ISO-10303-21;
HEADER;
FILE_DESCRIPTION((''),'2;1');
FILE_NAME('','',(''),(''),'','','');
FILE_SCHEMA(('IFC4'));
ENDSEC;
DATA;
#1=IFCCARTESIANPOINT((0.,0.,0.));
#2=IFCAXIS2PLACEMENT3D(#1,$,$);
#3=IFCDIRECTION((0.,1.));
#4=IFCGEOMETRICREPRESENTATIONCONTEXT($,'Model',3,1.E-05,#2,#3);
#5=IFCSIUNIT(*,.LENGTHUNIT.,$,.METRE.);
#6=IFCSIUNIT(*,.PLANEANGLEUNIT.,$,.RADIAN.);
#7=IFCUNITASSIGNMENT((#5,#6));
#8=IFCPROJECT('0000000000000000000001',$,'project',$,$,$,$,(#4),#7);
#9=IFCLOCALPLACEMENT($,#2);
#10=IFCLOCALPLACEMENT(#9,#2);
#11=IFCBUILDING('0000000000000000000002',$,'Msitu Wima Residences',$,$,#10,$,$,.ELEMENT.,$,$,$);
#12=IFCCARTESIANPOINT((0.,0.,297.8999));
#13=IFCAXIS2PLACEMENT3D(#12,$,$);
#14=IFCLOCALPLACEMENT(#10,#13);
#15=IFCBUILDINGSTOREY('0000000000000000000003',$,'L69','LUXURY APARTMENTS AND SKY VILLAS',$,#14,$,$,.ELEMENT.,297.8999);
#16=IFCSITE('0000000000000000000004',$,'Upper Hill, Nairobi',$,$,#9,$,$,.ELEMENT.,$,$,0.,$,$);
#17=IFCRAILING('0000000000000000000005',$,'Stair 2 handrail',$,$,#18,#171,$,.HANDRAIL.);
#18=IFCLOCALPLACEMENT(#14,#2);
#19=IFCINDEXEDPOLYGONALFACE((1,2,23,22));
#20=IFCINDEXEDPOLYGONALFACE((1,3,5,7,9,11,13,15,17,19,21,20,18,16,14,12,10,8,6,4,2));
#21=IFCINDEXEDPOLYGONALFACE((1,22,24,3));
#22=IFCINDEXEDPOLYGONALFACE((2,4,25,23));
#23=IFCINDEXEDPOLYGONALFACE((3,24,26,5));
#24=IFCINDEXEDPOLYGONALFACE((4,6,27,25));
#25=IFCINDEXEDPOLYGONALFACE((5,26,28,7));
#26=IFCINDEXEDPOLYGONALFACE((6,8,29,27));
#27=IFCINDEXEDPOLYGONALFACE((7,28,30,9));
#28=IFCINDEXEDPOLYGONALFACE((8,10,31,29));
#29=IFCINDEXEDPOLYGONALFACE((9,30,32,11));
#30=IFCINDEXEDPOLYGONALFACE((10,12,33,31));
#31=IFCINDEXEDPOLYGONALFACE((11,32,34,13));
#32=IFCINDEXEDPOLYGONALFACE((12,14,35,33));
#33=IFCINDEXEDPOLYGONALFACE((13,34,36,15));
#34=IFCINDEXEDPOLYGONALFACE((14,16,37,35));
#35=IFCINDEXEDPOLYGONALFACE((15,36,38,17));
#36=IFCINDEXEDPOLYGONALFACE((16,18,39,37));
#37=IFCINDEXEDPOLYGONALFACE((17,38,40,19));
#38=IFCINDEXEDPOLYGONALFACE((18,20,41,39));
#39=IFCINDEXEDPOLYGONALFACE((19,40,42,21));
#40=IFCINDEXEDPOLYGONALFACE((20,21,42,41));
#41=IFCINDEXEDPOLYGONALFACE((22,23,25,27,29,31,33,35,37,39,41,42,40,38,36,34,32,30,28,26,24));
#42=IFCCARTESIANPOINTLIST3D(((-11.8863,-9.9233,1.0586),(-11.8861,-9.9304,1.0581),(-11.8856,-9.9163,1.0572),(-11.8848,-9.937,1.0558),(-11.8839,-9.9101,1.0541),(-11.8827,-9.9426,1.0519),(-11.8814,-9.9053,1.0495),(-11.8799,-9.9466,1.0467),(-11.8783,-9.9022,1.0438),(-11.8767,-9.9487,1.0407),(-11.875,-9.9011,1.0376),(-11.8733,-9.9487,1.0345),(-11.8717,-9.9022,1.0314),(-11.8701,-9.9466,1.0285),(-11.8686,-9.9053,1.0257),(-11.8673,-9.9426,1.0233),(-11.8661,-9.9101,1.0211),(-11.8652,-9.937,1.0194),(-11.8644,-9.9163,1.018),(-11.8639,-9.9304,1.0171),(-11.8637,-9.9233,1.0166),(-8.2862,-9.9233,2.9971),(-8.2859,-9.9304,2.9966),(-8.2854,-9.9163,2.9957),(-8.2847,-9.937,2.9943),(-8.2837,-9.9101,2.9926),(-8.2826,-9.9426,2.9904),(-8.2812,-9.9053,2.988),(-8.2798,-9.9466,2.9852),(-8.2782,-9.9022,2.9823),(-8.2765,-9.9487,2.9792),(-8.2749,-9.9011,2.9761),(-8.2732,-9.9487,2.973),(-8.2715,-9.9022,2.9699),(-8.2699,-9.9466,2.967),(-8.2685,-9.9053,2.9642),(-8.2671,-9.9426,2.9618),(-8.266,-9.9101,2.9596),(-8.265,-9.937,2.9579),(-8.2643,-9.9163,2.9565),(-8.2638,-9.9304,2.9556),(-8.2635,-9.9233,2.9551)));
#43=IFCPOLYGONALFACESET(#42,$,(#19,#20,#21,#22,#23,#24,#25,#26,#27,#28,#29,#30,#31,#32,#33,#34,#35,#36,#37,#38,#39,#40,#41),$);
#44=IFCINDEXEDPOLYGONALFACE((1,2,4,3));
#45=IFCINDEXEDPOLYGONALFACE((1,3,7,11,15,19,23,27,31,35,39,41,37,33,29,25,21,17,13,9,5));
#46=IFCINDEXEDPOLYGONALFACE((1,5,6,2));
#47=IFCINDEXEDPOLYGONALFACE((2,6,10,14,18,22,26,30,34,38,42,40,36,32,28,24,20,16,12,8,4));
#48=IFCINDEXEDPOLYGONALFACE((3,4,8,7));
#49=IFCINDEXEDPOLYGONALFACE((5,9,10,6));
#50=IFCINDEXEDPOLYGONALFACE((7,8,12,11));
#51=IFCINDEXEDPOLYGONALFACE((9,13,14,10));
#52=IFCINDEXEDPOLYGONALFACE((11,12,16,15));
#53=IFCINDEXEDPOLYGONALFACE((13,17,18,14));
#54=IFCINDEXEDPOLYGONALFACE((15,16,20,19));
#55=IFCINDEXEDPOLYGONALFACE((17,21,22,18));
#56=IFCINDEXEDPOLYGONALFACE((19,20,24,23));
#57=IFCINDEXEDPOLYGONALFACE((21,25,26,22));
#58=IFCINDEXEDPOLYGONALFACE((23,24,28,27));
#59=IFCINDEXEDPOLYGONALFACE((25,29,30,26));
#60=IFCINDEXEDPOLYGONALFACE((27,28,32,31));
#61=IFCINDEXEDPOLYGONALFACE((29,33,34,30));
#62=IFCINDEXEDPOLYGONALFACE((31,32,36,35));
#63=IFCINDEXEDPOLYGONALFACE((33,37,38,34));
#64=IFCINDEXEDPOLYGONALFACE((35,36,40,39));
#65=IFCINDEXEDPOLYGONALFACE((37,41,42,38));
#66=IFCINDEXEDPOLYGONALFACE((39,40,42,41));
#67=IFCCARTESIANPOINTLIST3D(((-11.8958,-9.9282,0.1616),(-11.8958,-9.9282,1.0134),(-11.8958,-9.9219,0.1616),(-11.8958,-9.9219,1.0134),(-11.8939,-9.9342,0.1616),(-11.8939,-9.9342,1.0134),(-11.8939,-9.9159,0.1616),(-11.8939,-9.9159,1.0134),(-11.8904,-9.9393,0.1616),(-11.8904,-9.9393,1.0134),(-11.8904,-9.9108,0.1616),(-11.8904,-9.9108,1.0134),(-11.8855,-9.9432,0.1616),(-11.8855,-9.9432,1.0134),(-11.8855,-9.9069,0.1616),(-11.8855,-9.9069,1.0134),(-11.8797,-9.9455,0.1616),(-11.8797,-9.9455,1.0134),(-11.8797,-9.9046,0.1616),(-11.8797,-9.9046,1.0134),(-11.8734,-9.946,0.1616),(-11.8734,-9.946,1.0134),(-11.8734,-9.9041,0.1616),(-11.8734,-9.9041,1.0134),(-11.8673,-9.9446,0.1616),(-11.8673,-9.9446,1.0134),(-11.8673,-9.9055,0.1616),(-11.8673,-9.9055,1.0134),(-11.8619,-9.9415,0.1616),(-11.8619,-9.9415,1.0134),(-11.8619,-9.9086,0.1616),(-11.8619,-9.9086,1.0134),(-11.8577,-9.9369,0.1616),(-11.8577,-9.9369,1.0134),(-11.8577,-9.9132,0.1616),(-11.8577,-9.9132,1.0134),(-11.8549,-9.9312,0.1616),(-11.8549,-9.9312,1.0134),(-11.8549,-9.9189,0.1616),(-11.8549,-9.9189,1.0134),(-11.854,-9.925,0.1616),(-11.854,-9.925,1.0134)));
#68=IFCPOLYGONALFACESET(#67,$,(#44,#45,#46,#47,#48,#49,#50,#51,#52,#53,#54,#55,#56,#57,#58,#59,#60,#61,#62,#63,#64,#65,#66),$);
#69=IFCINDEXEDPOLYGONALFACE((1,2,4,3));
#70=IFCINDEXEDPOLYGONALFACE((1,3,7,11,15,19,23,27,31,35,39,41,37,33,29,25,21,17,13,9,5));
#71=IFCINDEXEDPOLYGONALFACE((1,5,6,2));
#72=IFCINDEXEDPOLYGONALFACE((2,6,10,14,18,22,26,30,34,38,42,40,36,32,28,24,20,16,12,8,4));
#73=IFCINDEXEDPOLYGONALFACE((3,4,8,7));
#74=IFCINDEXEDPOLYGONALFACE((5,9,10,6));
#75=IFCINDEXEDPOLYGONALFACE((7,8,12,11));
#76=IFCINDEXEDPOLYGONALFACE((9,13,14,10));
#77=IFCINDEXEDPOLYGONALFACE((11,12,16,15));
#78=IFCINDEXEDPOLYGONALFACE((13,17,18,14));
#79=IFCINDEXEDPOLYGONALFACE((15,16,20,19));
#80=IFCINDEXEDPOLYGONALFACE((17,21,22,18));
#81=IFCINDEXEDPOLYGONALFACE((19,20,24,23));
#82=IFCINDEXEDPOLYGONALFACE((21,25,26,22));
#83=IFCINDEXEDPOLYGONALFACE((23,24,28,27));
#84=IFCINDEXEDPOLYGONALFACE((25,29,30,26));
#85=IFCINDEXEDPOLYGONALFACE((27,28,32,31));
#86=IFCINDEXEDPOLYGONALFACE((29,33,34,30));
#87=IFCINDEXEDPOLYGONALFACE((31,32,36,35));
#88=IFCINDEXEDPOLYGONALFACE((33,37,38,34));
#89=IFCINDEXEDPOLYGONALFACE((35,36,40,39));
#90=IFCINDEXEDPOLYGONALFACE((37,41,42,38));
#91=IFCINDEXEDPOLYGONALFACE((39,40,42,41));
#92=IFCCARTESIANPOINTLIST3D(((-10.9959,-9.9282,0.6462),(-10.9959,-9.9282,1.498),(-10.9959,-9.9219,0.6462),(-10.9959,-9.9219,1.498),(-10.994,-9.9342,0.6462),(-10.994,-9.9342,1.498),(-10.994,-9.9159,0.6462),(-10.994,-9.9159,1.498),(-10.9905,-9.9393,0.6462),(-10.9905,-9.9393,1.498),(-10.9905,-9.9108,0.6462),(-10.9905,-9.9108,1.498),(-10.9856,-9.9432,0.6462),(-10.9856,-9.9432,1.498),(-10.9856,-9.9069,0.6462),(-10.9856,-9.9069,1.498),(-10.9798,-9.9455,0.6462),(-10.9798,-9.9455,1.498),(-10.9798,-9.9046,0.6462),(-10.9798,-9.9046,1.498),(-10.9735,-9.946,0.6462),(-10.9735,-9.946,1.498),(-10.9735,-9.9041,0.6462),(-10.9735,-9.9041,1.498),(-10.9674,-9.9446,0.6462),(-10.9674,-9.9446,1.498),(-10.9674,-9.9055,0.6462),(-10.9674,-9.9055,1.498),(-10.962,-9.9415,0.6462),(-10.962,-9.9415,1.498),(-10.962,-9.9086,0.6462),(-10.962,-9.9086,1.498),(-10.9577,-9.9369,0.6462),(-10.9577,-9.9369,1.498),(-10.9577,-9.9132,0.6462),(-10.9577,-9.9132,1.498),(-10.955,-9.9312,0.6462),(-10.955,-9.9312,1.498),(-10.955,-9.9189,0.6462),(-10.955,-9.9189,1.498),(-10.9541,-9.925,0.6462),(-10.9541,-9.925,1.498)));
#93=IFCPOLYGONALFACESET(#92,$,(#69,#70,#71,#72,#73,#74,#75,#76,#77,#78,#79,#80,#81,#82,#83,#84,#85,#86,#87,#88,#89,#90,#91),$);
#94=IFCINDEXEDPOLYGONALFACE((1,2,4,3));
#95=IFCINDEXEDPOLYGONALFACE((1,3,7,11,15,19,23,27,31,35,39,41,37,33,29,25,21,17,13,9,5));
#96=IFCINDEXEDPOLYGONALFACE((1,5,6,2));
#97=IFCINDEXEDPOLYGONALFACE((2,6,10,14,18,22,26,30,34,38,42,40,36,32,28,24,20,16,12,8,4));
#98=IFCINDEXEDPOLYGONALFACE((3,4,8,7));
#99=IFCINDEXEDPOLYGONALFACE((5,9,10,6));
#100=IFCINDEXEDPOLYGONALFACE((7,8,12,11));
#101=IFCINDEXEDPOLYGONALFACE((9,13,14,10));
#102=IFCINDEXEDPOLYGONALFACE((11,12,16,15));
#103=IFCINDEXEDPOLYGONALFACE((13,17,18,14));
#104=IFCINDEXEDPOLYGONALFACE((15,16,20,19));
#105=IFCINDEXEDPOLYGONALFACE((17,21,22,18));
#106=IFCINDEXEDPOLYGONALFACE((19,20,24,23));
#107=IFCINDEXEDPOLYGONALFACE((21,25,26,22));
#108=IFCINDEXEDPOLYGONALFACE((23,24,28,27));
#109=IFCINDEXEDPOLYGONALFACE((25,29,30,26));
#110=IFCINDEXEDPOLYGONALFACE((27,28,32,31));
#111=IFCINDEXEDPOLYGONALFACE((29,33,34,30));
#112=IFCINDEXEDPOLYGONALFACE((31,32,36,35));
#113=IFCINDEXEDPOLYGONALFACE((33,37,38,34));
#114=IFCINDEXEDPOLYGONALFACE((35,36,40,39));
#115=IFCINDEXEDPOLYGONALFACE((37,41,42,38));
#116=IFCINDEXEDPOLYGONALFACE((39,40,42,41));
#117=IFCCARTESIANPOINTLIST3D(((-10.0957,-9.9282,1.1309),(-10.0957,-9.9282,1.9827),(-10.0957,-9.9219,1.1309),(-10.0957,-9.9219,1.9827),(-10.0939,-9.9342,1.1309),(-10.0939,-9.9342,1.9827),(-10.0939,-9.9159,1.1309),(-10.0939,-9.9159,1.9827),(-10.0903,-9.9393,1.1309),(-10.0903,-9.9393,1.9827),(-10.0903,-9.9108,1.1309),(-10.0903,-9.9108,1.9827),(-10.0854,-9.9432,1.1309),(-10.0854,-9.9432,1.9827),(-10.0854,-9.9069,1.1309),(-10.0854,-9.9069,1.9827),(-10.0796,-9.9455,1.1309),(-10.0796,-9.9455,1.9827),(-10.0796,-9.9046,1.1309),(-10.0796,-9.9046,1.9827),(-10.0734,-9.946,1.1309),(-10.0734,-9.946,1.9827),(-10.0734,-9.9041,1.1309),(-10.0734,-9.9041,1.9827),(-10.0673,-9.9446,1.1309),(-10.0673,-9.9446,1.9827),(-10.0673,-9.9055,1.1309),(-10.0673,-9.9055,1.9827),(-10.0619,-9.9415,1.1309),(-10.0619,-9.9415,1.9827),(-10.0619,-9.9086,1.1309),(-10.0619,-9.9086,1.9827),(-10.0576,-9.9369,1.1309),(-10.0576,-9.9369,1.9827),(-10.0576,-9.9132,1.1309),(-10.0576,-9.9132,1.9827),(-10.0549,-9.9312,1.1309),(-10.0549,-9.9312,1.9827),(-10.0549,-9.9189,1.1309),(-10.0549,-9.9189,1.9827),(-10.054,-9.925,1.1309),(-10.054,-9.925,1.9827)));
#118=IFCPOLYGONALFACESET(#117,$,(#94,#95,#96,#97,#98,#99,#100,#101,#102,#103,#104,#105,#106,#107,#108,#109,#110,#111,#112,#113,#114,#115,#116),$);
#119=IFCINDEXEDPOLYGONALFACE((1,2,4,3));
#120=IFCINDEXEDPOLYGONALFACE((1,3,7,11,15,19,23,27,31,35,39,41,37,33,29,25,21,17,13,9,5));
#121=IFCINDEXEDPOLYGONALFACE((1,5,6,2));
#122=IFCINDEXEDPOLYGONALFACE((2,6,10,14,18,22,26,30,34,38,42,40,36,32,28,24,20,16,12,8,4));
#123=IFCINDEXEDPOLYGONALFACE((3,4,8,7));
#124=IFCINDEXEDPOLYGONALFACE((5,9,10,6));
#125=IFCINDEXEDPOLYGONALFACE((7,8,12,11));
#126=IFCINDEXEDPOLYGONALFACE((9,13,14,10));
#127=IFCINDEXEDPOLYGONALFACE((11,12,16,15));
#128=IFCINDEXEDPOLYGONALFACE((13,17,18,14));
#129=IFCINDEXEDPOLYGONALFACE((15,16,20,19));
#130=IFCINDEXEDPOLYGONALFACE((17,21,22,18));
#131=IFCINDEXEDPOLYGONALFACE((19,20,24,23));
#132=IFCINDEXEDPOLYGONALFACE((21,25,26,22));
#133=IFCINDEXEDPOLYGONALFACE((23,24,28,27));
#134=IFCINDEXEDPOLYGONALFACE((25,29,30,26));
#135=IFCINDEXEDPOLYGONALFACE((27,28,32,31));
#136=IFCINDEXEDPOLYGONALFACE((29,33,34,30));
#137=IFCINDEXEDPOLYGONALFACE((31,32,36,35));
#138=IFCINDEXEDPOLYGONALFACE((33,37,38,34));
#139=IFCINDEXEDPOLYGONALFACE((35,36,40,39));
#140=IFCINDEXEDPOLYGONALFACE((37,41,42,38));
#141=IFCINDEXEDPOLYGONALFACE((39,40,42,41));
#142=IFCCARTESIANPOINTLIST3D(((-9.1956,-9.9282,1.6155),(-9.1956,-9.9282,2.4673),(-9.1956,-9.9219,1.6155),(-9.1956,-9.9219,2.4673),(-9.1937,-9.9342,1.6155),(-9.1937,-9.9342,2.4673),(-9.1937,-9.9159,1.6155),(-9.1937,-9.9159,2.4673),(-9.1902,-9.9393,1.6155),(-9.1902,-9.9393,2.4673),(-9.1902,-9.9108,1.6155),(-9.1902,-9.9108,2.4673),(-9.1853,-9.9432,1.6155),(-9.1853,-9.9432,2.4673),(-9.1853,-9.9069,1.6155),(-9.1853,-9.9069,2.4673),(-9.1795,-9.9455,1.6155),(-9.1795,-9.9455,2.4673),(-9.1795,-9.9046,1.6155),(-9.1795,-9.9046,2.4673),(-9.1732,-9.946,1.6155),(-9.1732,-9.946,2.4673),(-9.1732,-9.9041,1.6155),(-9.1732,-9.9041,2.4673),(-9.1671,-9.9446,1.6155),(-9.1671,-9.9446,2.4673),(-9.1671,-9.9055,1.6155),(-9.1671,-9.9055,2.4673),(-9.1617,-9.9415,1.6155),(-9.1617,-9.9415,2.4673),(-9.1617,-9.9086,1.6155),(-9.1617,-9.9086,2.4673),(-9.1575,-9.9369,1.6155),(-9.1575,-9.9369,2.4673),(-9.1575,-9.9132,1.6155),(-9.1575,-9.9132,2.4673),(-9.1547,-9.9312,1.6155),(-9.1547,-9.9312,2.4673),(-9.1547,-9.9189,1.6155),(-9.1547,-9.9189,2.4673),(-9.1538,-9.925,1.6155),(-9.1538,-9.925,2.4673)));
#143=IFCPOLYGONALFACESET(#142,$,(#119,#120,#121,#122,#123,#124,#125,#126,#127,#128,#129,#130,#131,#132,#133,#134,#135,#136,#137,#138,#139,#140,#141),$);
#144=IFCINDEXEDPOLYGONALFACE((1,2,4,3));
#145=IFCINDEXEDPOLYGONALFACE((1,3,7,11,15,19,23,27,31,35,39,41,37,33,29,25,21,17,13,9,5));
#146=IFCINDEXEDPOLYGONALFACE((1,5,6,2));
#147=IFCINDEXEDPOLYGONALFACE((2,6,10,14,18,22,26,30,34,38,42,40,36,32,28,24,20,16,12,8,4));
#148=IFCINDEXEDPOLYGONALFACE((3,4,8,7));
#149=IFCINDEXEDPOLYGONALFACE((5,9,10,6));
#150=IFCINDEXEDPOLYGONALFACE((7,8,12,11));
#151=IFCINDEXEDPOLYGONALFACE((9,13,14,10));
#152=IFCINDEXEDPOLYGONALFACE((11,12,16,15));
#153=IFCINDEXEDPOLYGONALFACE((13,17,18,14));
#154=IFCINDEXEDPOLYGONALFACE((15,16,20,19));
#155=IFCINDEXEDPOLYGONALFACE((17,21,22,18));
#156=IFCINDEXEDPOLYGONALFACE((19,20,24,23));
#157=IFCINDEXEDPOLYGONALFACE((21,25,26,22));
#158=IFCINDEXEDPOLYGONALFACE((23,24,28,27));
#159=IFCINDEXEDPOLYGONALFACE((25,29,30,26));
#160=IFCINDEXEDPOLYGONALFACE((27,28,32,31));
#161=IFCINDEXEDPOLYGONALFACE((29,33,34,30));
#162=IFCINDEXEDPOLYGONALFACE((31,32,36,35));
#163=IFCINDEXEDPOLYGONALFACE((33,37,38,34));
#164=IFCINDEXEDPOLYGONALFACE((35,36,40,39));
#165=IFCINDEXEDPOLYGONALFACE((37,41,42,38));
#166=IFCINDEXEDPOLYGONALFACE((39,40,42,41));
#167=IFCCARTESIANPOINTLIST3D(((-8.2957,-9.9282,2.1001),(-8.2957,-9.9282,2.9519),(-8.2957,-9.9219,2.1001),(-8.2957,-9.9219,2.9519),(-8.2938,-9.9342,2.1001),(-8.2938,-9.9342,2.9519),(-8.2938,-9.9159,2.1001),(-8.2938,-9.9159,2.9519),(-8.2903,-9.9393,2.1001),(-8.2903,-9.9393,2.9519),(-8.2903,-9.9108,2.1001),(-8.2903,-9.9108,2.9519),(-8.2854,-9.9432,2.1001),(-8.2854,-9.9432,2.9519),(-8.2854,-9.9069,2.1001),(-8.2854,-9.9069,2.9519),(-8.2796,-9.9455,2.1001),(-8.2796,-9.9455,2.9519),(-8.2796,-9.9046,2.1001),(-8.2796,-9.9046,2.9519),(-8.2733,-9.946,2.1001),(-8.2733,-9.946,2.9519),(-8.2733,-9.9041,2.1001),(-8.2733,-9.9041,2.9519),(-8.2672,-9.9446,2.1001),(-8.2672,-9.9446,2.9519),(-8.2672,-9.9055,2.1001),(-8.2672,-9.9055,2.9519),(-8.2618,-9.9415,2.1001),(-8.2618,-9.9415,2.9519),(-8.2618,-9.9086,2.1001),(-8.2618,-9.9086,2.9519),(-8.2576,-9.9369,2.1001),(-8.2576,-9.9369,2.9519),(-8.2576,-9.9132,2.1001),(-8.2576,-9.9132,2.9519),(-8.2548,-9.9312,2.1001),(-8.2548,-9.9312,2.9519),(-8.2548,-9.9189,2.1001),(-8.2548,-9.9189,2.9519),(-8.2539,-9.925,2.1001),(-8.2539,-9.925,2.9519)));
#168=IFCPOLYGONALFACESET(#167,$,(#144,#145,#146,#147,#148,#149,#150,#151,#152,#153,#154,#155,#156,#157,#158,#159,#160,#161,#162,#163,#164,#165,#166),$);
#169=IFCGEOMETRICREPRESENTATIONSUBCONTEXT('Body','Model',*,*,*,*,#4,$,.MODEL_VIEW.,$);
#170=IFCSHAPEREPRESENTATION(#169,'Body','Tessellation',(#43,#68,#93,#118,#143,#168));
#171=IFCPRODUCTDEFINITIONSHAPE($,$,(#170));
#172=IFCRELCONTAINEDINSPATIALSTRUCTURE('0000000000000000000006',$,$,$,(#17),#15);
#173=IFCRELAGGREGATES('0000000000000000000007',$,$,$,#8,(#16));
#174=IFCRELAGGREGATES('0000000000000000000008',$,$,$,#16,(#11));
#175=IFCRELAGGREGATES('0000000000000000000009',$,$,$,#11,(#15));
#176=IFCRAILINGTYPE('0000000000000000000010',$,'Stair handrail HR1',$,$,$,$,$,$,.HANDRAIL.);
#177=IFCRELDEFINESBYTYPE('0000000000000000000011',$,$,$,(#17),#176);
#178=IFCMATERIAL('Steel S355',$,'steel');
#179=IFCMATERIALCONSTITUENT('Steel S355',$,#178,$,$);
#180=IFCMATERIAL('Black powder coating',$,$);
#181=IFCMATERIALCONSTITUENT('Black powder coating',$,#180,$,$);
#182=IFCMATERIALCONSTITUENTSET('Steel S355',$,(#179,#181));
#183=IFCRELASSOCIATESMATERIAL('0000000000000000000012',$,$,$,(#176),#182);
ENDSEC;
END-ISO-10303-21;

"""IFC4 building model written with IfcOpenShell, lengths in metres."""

from ifc_helpers import new_model, si_unit, direction, frame, origin, origin_2d, place, context, subcontext, project, spatial, circle, extrude, material, constituent, constituent_set, type_object, element, save


model = new_model("IFC4")

# Units and contexts
model_context = context("Model", 3, precision=1e-05, world=origin(), true_north=direction((0.0, 1.0)))
body_context = subcontext(model_context, "Body", "Model", "MODEL_VIEW")
ifc_project = project(units=[si_unit("LENGTHUNIT", "METRE"), si_unit("PLANEANGLEUNIT", "RADIAN")], contexts=[model_context])

# Site, building, storey
site_placement = place(None, origin())
site = spatial("IfcSite", under=ifc_project, at=site_placement, Name="Upper Hill, Nairobi", CompositionType="ELEMENT", RefElevation=0.0)
building_placement = place(site_placement, origin())
building = spatial("IfcBuilding", under=site, at=building_placement, Name="Msitu Wima Residences", CompositionType="ELEMENT")
storey_placement = place(building_placement, frame((0.0, 0.0, 297.8999)))
storey = spatial("IfcBuildingStorey", under=building, at=storey_placement, Name="L69", Description="LUXURY APARTMENTS AND SKY VILLAS", CompositionType="ELEMENT", Elevation=297.8999)

# Railing
ifc_material_1 = material(Name="Steel S355", Category="steel")
ifc_constituent_1 = constituent(ifc_material_1, Name="Steel S355")
ifc_material_2 = material(Name="Black powder coating")
ifc_constituent_2 = constituent(ifc_material_2, Name="Black powder coating")
ifc_constituent_set = constituent_set(constituents=[ifc_constituent_1, ifc_constituent_2], Name="Steel S355")
railing_type = type_object("IfcRailingType", Name="Stair handrail HR1", PredefinedType="HANDRAIL", material=ifc_constituent_set)
for number, where, name in (
    (1, (-11.875, -9.925, 0.1616), "Stair 2 handrail"),
):
    element("IfcRailing", number, at=place(storey_placement, frame(where)), inside=storey, type_object=railing_type, Name=name, PredefinedType="HANDRAIL", context=body_context, shape_type="SweptSolid", body=[
        extrude(circle(Radius=0.0239, at=origin_2d()), frame((0.0, 0.0, 0.876), z_axis=(0.880475, 0.0, 0.474093), x_axis=(0.0, 1.0, 0.0)), (0.0, 0.0, 1.0), 4.0889),
        extrude(circle(Radius=0.021, at=origin_2d()), origin(), (0.0, 0.0, 1.0), 0.8518),
        extrude(circle(Radius=0.021, at=origin_2d()), frame((0.8999, 0.0, 0.4846)), (0.0, 0.0, 1.0), 0.8518),
        extrude(circle(Radius=0.021, at=origin_2d()), frame((1.8, 0.0, 0.9692)), (0.0, 0.0, 1.0), 0.8518),
        extrude(circle(Radius=0.021, at=origin_2d()), frame((2.7002, 0.0, 1.4539)), (0.0, 0.0, 1.0), 0.8518),
        extrude(circle(Radius=0.021, at=origin_2d()), frame((3.6001, 0.0, 1.9385)), (0.0, 0.0, 1.0), 0.8518),
    ])

save(model, "model.ifc")
